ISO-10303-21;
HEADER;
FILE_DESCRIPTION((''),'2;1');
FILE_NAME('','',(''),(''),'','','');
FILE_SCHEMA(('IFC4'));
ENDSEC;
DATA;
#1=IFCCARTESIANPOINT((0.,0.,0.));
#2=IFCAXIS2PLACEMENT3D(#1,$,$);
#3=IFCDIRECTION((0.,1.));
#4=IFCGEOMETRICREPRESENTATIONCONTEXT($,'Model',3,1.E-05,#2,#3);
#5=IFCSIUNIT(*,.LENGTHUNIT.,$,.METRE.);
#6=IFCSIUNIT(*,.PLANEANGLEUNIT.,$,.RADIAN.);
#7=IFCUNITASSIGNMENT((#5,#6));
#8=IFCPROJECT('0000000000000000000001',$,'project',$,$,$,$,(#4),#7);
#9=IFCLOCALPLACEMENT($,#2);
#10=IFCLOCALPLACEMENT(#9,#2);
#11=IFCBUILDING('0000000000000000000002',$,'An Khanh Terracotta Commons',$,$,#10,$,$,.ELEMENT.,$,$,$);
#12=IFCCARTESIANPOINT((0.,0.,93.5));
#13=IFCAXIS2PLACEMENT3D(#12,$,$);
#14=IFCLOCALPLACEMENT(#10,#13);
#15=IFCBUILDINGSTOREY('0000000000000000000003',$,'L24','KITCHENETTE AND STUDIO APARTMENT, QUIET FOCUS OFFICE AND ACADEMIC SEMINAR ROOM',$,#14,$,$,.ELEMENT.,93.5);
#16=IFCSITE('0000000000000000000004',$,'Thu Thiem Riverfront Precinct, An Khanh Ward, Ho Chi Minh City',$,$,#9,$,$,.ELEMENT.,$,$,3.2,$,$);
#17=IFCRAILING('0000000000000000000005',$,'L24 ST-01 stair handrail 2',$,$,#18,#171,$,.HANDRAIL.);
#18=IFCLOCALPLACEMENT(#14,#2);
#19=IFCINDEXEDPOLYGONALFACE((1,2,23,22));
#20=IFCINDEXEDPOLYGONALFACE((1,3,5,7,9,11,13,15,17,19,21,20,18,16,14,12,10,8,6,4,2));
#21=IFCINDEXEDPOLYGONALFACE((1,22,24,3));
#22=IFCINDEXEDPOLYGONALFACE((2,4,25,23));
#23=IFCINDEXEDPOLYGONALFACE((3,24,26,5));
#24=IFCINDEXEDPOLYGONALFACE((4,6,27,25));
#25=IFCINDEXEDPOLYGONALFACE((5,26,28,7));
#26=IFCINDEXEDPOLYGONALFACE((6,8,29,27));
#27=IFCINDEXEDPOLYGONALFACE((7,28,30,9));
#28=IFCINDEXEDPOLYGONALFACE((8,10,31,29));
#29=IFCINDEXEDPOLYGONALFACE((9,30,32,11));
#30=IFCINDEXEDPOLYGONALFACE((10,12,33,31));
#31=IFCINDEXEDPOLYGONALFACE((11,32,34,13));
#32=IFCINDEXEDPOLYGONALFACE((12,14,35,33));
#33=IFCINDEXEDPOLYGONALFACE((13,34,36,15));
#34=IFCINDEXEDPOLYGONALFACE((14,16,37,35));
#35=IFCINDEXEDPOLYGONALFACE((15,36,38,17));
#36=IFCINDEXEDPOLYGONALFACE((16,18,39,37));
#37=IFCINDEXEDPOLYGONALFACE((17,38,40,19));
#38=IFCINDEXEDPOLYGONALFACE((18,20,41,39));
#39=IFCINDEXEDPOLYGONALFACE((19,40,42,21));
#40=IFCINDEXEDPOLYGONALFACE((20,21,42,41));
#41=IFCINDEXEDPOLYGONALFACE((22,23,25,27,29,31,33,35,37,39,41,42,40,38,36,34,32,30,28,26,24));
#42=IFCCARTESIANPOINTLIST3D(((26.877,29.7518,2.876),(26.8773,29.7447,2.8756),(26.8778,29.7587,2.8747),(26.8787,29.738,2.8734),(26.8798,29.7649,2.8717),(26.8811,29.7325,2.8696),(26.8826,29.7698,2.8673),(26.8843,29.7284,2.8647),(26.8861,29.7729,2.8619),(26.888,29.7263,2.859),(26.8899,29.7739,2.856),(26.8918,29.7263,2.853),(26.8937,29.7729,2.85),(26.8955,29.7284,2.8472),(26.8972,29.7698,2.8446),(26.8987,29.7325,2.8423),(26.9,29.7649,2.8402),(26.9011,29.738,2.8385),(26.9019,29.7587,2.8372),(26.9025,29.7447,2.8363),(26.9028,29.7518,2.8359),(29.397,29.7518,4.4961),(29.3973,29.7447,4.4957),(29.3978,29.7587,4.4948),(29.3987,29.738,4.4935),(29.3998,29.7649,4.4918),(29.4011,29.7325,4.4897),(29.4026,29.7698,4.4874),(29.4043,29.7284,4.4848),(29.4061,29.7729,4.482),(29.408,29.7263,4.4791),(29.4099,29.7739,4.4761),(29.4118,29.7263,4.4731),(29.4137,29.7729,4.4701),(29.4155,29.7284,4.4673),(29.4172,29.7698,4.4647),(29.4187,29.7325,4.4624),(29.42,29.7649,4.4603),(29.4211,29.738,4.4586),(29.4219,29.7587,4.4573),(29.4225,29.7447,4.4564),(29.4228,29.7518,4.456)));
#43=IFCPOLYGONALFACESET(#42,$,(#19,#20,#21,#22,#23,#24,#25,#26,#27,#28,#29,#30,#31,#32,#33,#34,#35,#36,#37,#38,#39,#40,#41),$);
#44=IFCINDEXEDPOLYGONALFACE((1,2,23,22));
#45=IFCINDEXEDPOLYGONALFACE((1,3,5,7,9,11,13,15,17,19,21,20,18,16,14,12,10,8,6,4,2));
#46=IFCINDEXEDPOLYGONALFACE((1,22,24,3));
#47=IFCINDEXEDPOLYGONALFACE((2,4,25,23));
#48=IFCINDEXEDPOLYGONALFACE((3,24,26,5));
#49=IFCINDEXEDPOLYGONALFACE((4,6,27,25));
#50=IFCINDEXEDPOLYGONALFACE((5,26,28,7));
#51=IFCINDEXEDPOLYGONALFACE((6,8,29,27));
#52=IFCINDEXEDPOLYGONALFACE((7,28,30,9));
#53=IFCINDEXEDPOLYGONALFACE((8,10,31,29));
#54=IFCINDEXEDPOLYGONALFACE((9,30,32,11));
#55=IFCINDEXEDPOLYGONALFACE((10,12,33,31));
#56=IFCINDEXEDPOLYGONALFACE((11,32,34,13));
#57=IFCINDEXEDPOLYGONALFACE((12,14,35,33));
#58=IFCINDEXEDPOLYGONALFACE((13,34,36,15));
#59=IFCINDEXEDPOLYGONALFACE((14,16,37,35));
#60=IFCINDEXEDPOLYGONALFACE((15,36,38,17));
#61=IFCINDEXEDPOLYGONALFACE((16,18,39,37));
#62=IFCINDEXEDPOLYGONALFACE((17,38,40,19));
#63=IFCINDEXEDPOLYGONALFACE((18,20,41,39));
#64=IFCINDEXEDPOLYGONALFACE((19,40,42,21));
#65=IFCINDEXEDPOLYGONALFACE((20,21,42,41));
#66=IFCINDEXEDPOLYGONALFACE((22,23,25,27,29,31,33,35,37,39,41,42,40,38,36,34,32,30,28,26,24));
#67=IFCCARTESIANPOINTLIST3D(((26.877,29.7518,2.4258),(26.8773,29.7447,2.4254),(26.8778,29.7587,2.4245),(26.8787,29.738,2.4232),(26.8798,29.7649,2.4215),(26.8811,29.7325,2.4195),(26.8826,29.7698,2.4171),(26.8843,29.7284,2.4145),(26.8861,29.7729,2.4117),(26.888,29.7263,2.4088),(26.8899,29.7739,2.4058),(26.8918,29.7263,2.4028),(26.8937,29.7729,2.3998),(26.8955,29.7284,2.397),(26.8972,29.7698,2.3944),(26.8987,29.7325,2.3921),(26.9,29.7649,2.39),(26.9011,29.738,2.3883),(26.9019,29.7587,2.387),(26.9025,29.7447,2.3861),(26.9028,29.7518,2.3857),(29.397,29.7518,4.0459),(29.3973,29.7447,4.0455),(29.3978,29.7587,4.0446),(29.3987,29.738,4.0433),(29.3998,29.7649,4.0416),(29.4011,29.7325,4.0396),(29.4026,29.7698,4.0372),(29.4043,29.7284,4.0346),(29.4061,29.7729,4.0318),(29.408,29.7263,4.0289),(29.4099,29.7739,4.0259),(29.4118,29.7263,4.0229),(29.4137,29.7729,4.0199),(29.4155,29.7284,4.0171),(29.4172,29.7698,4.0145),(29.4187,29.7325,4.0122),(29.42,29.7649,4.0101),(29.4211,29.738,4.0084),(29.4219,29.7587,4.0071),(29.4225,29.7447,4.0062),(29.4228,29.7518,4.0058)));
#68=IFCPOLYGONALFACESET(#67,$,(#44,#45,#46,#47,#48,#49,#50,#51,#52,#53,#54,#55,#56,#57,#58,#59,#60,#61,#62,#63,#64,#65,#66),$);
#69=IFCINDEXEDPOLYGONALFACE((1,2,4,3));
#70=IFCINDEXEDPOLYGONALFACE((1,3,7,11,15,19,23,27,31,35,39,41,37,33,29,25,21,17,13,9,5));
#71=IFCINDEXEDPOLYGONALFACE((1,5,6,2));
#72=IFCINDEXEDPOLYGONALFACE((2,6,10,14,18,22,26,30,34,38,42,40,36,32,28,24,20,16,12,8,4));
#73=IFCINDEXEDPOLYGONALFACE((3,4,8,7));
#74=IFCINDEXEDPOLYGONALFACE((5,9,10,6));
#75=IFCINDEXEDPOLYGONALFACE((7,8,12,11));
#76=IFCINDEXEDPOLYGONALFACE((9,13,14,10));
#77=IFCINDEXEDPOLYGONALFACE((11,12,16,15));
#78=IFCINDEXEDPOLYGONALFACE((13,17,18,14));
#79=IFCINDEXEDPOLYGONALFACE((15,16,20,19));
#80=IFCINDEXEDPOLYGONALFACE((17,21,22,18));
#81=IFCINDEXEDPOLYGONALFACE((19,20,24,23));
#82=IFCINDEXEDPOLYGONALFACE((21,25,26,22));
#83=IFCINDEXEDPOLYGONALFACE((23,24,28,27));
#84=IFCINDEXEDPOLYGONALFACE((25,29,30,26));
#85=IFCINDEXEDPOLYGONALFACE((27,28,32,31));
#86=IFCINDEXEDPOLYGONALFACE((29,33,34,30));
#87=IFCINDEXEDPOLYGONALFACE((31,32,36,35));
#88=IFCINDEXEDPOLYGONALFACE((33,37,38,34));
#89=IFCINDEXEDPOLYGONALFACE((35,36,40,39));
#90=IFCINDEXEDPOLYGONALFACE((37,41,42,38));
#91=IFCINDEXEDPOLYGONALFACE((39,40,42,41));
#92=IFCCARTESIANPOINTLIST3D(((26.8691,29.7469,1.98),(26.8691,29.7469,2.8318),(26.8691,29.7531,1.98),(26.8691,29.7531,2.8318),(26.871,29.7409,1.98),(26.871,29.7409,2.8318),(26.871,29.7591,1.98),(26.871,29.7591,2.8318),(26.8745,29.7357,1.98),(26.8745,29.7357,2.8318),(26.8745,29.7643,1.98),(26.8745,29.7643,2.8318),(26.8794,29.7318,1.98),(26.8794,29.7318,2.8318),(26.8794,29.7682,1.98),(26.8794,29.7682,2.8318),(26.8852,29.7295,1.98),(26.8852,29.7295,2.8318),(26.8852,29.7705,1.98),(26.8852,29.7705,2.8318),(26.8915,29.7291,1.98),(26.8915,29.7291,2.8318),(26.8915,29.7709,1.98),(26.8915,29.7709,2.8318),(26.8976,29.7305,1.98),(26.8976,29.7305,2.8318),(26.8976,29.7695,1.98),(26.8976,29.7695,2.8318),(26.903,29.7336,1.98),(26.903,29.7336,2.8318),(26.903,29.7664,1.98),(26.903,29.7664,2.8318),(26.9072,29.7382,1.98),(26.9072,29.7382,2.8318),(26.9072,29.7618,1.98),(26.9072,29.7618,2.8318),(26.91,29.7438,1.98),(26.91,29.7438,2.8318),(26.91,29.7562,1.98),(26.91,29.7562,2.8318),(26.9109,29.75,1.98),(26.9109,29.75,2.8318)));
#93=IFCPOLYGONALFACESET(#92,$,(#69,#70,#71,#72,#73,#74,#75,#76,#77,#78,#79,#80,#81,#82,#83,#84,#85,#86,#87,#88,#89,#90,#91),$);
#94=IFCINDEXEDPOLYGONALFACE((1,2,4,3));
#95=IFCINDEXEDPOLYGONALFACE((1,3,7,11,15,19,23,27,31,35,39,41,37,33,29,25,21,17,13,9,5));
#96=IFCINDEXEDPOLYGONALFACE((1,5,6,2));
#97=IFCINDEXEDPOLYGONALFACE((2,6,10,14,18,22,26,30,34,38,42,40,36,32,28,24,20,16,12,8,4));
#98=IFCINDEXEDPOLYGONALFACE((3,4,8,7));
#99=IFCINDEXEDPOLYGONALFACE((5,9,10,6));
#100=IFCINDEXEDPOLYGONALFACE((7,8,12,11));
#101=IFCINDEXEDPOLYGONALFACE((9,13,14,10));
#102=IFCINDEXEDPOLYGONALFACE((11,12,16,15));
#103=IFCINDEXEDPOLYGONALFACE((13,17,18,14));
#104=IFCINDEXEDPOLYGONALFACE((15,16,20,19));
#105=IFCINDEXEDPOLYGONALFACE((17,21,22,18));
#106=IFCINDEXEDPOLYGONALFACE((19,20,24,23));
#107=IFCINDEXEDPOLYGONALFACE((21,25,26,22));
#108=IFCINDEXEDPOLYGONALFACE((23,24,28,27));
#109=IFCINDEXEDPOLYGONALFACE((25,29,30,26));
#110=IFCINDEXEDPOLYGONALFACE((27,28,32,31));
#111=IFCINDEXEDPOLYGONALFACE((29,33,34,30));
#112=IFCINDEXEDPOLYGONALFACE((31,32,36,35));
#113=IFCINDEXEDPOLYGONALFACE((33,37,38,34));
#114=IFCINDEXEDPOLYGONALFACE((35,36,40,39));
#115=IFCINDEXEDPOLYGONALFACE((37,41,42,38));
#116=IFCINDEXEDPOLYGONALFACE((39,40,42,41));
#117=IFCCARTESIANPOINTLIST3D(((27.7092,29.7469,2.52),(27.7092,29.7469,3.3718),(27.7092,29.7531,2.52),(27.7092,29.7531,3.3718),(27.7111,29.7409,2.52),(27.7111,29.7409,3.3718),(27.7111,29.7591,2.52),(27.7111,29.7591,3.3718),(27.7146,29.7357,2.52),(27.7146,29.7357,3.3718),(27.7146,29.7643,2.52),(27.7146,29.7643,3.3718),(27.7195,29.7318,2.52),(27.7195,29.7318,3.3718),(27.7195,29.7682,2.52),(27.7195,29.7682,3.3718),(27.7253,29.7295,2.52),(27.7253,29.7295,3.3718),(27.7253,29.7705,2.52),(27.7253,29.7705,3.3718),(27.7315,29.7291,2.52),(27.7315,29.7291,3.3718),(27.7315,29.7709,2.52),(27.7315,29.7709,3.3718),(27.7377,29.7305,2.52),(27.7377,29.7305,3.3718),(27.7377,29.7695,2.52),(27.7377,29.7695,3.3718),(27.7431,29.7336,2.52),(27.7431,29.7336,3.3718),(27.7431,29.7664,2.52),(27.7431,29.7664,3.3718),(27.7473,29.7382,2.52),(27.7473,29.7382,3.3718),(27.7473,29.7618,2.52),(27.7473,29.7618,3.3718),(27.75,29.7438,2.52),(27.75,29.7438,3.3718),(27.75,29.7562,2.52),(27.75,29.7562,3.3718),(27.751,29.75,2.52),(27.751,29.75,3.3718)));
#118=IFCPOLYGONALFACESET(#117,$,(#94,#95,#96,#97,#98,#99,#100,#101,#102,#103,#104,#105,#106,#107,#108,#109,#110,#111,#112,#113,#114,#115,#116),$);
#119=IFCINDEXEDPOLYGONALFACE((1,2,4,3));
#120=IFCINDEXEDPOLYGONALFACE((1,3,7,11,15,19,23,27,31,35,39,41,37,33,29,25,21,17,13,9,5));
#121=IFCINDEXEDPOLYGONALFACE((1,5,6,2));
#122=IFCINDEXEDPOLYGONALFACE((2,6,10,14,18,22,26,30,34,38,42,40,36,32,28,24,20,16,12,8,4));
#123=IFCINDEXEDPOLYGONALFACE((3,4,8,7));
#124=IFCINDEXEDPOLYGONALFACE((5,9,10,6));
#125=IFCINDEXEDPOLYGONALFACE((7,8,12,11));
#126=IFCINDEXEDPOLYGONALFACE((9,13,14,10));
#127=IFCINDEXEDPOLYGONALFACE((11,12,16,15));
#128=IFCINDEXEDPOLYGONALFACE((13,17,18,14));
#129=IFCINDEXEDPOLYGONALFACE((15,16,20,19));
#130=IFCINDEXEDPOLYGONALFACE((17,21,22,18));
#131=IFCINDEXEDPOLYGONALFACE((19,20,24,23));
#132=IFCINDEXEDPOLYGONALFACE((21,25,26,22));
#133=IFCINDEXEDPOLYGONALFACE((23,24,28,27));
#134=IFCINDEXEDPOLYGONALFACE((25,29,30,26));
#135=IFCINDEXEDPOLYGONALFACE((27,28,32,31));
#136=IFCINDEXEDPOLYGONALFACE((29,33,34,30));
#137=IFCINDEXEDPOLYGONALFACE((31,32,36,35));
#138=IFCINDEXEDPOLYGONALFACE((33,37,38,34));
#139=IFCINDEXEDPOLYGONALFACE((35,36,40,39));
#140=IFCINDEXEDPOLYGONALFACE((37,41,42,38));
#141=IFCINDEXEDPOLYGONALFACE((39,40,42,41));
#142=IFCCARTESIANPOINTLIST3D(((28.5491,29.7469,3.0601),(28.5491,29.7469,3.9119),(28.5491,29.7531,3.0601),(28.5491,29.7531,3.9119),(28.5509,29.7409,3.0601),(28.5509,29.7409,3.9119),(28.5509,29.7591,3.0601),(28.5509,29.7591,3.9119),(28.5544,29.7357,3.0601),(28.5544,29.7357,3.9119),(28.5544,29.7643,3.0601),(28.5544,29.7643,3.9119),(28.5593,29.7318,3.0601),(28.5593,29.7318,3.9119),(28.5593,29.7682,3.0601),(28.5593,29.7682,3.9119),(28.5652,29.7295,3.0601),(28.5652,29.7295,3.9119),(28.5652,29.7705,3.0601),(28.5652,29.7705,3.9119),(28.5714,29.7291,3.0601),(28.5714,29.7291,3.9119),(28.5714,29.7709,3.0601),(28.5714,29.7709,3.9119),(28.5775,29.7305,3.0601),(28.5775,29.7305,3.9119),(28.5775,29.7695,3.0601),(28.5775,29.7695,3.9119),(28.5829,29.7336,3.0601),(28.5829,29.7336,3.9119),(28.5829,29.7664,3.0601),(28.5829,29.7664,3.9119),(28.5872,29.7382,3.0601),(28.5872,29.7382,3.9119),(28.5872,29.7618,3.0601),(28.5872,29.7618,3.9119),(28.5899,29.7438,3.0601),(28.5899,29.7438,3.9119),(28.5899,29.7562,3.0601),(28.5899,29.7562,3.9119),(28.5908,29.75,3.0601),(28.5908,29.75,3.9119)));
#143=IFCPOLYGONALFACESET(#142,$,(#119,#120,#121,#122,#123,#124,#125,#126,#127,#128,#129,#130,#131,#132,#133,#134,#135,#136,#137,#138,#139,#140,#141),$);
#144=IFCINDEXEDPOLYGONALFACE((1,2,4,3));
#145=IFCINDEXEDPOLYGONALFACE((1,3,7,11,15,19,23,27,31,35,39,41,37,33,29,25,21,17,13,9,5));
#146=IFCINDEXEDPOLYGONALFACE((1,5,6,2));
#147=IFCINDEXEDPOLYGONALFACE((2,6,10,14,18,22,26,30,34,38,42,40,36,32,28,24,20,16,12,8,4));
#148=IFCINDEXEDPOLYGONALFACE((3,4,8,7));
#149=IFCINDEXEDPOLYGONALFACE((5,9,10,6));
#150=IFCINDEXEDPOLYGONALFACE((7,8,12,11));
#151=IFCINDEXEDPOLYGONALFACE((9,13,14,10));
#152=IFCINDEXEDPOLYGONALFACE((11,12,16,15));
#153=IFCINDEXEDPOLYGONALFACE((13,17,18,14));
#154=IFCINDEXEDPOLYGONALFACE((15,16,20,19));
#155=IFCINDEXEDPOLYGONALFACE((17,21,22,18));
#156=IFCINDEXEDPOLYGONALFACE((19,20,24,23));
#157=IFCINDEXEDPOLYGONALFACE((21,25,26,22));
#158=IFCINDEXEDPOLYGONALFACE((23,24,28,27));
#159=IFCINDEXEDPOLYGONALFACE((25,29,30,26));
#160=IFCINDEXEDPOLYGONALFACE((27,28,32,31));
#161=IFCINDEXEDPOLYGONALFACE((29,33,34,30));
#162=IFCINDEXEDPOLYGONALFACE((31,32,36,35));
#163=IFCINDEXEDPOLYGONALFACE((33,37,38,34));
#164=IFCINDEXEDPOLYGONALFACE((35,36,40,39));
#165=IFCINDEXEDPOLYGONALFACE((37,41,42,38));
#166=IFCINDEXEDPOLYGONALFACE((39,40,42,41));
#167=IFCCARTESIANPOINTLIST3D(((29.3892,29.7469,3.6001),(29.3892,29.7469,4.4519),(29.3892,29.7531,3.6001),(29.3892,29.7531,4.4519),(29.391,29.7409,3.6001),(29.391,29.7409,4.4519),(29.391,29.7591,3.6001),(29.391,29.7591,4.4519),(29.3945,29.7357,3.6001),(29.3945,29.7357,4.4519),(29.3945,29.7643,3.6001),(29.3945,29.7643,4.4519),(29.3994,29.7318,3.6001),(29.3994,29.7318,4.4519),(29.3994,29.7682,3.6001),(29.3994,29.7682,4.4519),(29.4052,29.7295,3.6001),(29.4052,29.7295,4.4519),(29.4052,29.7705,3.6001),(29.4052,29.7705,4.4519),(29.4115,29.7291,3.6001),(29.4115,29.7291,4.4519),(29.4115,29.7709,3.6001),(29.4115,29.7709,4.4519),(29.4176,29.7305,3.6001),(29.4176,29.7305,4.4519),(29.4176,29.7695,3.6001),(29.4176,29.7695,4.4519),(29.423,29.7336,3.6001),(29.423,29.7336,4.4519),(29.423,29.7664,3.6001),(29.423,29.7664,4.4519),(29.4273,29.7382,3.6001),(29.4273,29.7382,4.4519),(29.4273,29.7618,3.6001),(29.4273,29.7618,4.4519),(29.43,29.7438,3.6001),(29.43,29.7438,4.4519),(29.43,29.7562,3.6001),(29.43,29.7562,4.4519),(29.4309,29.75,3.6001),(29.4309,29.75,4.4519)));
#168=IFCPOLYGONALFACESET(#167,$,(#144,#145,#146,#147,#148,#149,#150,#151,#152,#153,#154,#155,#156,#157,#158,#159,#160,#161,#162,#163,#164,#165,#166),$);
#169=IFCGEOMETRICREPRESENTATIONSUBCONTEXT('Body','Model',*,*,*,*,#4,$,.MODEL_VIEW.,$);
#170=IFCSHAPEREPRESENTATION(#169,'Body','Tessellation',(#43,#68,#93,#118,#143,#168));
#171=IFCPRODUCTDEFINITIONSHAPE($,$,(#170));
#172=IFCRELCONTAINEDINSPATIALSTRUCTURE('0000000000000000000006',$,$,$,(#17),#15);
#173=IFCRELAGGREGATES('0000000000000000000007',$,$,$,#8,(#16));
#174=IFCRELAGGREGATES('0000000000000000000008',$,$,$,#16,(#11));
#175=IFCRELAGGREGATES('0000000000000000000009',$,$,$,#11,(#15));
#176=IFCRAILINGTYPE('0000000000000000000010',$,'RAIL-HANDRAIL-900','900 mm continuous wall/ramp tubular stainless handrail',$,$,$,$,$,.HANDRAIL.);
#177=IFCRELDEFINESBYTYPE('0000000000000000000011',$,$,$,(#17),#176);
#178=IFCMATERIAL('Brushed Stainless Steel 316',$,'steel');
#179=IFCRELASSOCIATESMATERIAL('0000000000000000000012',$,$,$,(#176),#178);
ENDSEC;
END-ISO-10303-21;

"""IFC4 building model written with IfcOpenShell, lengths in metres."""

from ifc_helpers import new_model, si_unit, direction, frame, origin, origin_2d, place, context, subcontext, project, spatial, circle, extrude, material, type_object, element, save


model = new_model("IFC4")

# Units and contexts
model_context = context("Model", 3, precision=1e-05, world=origin(), true_north=direction((0.0, 1.0)))
body_context = subcontext(model_context, "Body", "Model", "MODEL_VIEW")
ifc_project = project(units=[si_unit("LENGTHUNIT", "METRE"), si_unit("PLANEANGLEUNIT", "RADIAN")], contexts=[model_context])

# Site, building, storey
site_placement = place(None, origin())
site = spatial("IfcSite", under=ifc_project, at=site_placement, Name="Thu Thiem Riverfront Precinct, An Khanh Ward, Ho Chi Minh City", CompositionType="ELEMENT", RefElevation=3.2)
building_placement = place(site_placement, origin())
building = spatial("IfcBuilding", under=site, at=building_placement, Name="An Khanh Terracotta Commons", CompositionType="ELEMENT")
storey_placement = place(building_placement, frame((0.0, 0.0, 93.5)))
storey = spatial("IfcBuildingStorey", under=building, at=storey_placement, Name="L24", Description="KITCHENETTE AND STUDIO APARTMENT, QUIET FOCUS OFFICE AND ACADEMIC SEMINAR ROOM", CompositionType="ELEMENT", Elevation=93.5)

# Railing
ifc_material_1 = material(Name="Brushed Stainless Steel 316", Category="steel")
railing_type_1 = type_object("IfcRailingType", Name="RAIL-HANDRAIL-900", Description="900 mm continuous wall/ramp tubular stainless handrail", PredefinedType="HANDRAIL", material=ifc_material_1)
railing_1_placement = place(storey_placement, frame((26.8899, 29.75, 1.98)))
element("IfcRailing", 1, at=railing_1_placement, inside=storey, type_object=railing_type_1, Name="L24 ST-01 stair handrail 2", PredefinedType="HANDRAIL", context=body_context, shape_type="SweptSolid", body=[
    extrude(circle(Radius=0.0239, at=origin_2d()), frame((0.0, 0.0, 0.876), z_axis=(0.841163, 0.0, 0.540782), x_axis=(0.0, 1.0, 0.0)), (0.0, 0.0, 1.0), 2.9958),
    extrude(circle(Radius=0.0239, at=origin_2d()), frame((0.0, 0.0, 0.4258), z_axis=(0.841163, 0.0, 0.540782), x_axis=(0.0, 1.0, 0.0)), (0.0, 0.0, 1.0), 2.9958),
    extrude(circle(Radius=0.021, at=origin_2d()), origin(), (0.0, 0.0, 1.0), 0.8518),
    extrude(circle(Radius=0.021, at=origin_2d()), frame((0.8401, 0.0, 0.54)), (0.0, 0.0, 1.0), 0.8518),
    extrude(circle(Radius=0.021, at=origin_2d()), frame((1.6799, 0.0, 1.0801)), (0.0, 0.0, 1.0), 0.8518),
    extrude(circle(Radius=0.021, at=origin_2d()), frame((2.52, 0.0, 1.6201)), (0.0, 0.0, 1.0), 0.8518),
])

save(model, "model.ifc")
